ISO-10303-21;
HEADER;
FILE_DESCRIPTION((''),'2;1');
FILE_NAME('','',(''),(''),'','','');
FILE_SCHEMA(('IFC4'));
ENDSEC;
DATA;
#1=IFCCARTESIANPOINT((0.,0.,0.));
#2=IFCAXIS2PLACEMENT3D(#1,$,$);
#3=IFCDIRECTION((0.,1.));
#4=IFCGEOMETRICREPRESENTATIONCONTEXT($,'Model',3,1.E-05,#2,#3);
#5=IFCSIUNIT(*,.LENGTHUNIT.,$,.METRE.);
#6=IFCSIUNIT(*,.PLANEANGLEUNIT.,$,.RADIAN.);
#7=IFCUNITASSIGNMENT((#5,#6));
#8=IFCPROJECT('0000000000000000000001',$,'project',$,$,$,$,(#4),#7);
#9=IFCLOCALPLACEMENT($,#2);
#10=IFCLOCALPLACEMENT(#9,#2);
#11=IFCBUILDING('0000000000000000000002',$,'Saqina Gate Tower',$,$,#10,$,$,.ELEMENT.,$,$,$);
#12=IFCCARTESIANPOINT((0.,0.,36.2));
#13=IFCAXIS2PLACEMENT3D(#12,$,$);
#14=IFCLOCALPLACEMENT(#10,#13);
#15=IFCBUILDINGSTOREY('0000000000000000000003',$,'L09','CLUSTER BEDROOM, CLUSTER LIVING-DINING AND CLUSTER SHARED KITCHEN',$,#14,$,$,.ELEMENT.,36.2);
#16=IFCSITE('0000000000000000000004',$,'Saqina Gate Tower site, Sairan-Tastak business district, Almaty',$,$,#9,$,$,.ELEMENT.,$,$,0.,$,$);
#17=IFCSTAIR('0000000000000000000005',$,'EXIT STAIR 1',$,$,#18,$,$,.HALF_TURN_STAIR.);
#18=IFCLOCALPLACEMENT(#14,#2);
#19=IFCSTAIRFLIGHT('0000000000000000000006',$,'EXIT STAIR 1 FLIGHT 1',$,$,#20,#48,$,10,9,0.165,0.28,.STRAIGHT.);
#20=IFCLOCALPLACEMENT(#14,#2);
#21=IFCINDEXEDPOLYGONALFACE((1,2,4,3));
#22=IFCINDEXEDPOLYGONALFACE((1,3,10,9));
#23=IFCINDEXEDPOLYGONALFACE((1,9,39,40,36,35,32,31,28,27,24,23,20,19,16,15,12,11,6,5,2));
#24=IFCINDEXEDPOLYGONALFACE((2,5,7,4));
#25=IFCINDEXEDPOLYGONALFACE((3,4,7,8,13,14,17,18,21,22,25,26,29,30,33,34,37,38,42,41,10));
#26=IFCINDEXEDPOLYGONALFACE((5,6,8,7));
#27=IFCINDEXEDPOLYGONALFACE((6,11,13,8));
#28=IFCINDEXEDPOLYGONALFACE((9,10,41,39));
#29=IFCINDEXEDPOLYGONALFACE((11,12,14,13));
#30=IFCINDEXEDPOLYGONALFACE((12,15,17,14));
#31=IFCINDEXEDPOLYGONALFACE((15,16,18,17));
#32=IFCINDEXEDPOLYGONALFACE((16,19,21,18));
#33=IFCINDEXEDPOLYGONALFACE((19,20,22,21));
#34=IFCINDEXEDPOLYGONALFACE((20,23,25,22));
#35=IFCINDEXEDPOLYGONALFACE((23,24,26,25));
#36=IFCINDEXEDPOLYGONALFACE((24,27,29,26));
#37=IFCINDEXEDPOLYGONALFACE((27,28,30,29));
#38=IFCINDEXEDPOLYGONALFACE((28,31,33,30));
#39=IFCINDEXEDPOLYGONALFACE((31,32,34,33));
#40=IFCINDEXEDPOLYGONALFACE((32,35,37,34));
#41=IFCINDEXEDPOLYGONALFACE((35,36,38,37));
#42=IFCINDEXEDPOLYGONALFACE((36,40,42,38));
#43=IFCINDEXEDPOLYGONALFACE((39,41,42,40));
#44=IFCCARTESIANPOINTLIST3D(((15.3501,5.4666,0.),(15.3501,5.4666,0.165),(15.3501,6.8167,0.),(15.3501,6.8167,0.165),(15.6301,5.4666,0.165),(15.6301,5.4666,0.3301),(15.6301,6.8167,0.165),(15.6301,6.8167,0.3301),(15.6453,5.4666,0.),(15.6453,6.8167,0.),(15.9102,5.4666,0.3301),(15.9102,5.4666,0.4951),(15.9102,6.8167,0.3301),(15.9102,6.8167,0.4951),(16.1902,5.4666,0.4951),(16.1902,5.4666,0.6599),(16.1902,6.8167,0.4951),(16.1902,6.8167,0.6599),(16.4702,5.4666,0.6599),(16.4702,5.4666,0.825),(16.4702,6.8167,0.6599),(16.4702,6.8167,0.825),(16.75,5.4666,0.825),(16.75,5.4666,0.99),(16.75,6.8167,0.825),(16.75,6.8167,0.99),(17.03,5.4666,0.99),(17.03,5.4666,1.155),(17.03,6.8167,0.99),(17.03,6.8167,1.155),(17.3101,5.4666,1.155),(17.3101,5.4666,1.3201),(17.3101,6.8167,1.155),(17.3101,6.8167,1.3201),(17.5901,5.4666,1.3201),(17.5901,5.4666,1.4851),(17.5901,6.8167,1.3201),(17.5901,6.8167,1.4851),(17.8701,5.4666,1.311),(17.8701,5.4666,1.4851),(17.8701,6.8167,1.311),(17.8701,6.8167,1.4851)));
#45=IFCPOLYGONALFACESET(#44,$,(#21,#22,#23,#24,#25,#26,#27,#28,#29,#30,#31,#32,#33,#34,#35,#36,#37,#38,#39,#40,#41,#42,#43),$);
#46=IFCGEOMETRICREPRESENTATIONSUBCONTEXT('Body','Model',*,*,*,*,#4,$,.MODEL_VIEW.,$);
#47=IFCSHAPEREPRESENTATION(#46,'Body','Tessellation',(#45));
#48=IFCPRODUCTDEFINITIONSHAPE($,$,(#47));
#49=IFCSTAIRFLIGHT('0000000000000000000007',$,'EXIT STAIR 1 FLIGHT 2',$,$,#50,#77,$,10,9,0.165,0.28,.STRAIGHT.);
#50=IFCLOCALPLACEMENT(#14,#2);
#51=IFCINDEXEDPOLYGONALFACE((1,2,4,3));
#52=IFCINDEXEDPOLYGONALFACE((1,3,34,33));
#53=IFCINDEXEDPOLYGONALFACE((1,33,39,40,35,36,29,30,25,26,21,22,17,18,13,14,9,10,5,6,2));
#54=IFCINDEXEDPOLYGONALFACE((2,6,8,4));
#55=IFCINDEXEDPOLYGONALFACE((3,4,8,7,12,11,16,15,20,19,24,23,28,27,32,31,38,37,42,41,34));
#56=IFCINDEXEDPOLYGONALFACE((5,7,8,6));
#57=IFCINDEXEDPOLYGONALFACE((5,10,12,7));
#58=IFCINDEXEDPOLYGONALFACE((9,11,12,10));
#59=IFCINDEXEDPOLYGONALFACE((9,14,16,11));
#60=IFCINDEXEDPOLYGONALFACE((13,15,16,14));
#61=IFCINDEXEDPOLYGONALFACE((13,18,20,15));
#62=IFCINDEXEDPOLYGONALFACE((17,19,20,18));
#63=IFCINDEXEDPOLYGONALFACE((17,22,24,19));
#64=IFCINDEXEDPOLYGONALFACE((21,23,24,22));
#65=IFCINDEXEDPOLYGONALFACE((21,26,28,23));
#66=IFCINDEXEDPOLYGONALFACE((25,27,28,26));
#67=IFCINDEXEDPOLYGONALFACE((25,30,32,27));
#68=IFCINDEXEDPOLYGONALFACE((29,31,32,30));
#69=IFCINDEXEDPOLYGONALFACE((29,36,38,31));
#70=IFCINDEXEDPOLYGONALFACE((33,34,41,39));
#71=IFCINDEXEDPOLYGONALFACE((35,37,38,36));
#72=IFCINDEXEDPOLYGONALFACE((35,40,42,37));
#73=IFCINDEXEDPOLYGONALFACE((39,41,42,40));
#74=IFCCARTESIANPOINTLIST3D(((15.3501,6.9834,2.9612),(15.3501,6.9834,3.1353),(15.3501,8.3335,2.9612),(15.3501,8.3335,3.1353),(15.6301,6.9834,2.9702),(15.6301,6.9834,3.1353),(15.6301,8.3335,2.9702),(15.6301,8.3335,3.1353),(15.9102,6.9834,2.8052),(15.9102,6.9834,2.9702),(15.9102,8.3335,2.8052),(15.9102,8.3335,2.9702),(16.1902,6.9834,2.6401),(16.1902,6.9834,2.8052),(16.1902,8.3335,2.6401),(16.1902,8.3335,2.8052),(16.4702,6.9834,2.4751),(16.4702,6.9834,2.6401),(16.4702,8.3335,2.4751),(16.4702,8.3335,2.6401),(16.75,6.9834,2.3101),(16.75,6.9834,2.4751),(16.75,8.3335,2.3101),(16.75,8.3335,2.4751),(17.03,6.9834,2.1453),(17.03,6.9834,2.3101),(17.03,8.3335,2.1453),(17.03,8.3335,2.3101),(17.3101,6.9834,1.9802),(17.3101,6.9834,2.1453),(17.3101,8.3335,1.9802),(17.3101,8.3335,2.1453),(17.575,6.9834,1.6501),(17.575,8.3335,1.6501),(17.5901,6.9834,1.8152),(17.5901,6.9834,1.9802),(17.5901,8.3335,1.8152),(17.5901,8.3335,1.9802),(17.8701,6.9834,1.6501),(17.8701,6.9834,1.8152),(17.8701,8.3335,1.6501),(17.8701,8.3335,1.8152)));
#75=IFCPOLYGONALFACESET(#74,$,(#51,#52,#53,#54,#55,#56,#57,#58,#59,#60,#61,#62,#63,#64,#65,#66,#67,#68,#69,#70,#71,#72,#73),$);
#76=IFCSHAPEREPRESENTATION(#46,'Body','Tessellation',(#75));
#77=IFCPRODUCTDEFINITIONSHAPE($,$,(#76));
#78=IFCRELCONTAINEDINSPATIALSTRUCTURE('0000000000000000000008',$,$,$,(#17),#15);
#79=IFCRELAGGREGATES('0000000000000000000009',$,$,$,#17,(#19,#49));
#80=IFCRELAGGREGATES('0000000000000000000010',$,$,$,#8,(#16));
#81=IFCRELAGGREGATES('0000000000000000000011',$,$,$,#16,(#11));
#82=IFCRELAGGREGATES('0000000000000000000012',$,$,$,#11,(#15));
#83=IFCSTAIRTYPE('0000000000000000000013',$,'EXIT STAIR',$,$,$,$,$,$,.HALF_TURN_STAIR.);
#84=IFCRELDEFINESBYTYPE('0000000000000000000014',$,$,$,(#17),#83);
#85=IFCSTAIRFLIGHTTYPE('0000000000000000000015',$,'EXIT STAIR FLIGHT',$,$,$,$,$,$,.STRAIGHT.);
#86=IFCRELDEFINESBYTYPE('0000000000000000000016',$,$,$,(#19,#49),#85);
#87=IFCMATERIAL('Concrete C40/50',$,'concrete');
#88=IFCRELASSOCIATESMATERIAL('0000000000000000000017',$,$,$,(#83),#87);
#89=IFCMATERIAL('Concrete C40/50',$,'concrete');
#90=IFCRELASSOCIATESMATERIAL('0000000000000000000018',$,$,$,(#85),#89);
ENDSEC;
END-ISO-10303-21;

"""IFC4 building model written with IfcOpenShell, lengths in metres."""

from ifc_helpers import new_model, si_unit, direction, frame, origin, place, context, subcontext, project, spatial, polyline, outline, extrude, material, type_object, element, aggregate, save


model = new_model("IFC4")

# Units and contexts
model_context = context("Model", 3, precision=1e-05, world=origin(), true_north=direction((0.0, 1.0)))
body_context = subcontext(model_context, "Body", "Model", "MODEL_VIEW")
ifc_project = project(units=[si_unit("LENGTHUNIT", "METRE"), si_unit("PLANEANGLEUNIT", "RADIAN")], contexts=[model_context])

# Site, building, storey
site_placement = place(None, origin())
site = spatial("IfcSite", under=ifc_project, at=site_placement, Name="Saqina Gate Tower site, Sairan-Tastak business district, Almaty", CompositionType="ELEMENT", RefElevation=0.0)
building_placement = place(site_placement, origin())
building = spatial("IfcBuilding", under=site, at=building_placement, Name="Saqina Gate Tower", CompositionType="ELEMENT")
storey_placement = place(building_placement, frame((0.0, 0.0, 36.2)))
storey = spatial("IfcBuildingStorey", under=building, at=storey_placement, Name="L09", Description="CLUSTER BEDROOM, CLUSTER LIVING-DINING AND CLUSTER SHARED KITCHEN", CompositionType="ELEMENT", Elevation=36.2)

# Stair, stair flights
ifc_material_1 = material(Name="Concrete C40/50", Category="concrete")
stair_type = type_object("IfcStairType", Name="EXIT STAIR", PredefinedType="HALF_TURN_STAIR", material=ifc_material_1)
stair_placement = place(storey_placement, origin())
stair = element("IfcStair", 1, at=stair_placement, inside=storey, type_object=stair_type, Name="EXIT STAIR 1", PredefinedType="HALF_TURN_STAIR")
ifc_material_2 = material(Name="Concrete C40/50", Category="concrete")
stair_flight_type = type_object("IfcStairFlightType", Name="EXIT STAIR FLIGHT", PredefinedType="STRAIGHT", material=ifc_material_2)
stair_flight_1_placement = place(storey_placement, frame((15.3501, 6.1416, 0.0), z_axis=(0.0, 0.0, 1.0), x_axis=(1.0, 0.0, 0.0)))
stair_flight_1 = element("IfcStairFlight", 2, at=stair_flight_1_placement, type_object=stair_flight_type, Name="EXIT STAIR 1 FLIGHT 1", NumberOfRisers=10, NumberOfTreads=9, PredefinedType="STRAIGHT", RiserHeight=0.165, TreadLength=0.28, context=body_context, shape_type="SweptSolid", body=[
    extrude(outline(polyline([(0.0, 0.0), (0.0, 0.165), (0.28, 0.165), (0.28, 0.3301), (0.5601, 0.3301), (0.5601, 0.4951), (0.8401, 0.4951), (0.8401, 0.6599), (1.1201, 0.6599), (1.1201, 0.825), (1.3999, 0.825), (1.3999, 0.99), (1.6799, 0.99), (1.6799, 1.155), (1.96, 1.155), (1.96, 1.3201), (2.24, 1.3201), (2.24, 1.4851), (2.52, 1.4851), (2.52, 1.6499), (2.52, 1.311), (0.2952, 0.0), (0.0, 0.0)])), frame((0.0, 0.675, 0.0), z_axis=(0.0, -1.0, 0.0), x_axis=(1.0, 0.0, 0.0)), (0.0, 0.0, 1.0), 1.3501),
])
stair_flight_2_placement = place(storey_placement, frame((17.8701, 7.6584, 1.6501), z_axis=(0.0, 0.0, 1.0), x_axis=(-1.0, 0.0, 0.0)))
stair_flight_2 = element("IfcStairFlight", 3, at=stair_flight_2_placement, type_object=stair_flight_type, Name="EXIT STAIR 1 FLIGHT 2", NumberOfRisers=10, NumberOfTreads=9, PredefinedType="STRAIGHT", RiserHeight=0.165, TreadLength=0.28, context=body_context, shape_type="SweptSolid", body=[
    extrude(outline(polyline([(0.0, 0.0), (0.0, 0.165), (0.28, 0.165), (0.28, 0.3301), (0.5601, 0.3301), (0.5601, 0.4951), (0.8401, 0.4951), (0.8401, 0.6599), (1.1201, 0.6599), (1.1201, 0.825), (1.3999, 0.825), (1.3999, 0.99), (1.6799, 0.99), (1.6799, 1.155), (1.96, 1.155), (1.96, 1.3201), (2.24, 1.3201), (2.24, 1.4851), (2.52, 1.4851), (2.52, 1.6499), (2.52, 1.311), (0.2952, 0.0), (0.0, 0.0)])), frame((0.0, 0.675, 0.0), z_axis=(0.0, -1.0, 0.0), x_axis=(1.0, 0.0, 0.0)), (0.0, 0.0, 1.0), 1.3501),
])
aggregate(stair, [stair_flight_1, stair_flight_2])

save(model, "model.ifc")
